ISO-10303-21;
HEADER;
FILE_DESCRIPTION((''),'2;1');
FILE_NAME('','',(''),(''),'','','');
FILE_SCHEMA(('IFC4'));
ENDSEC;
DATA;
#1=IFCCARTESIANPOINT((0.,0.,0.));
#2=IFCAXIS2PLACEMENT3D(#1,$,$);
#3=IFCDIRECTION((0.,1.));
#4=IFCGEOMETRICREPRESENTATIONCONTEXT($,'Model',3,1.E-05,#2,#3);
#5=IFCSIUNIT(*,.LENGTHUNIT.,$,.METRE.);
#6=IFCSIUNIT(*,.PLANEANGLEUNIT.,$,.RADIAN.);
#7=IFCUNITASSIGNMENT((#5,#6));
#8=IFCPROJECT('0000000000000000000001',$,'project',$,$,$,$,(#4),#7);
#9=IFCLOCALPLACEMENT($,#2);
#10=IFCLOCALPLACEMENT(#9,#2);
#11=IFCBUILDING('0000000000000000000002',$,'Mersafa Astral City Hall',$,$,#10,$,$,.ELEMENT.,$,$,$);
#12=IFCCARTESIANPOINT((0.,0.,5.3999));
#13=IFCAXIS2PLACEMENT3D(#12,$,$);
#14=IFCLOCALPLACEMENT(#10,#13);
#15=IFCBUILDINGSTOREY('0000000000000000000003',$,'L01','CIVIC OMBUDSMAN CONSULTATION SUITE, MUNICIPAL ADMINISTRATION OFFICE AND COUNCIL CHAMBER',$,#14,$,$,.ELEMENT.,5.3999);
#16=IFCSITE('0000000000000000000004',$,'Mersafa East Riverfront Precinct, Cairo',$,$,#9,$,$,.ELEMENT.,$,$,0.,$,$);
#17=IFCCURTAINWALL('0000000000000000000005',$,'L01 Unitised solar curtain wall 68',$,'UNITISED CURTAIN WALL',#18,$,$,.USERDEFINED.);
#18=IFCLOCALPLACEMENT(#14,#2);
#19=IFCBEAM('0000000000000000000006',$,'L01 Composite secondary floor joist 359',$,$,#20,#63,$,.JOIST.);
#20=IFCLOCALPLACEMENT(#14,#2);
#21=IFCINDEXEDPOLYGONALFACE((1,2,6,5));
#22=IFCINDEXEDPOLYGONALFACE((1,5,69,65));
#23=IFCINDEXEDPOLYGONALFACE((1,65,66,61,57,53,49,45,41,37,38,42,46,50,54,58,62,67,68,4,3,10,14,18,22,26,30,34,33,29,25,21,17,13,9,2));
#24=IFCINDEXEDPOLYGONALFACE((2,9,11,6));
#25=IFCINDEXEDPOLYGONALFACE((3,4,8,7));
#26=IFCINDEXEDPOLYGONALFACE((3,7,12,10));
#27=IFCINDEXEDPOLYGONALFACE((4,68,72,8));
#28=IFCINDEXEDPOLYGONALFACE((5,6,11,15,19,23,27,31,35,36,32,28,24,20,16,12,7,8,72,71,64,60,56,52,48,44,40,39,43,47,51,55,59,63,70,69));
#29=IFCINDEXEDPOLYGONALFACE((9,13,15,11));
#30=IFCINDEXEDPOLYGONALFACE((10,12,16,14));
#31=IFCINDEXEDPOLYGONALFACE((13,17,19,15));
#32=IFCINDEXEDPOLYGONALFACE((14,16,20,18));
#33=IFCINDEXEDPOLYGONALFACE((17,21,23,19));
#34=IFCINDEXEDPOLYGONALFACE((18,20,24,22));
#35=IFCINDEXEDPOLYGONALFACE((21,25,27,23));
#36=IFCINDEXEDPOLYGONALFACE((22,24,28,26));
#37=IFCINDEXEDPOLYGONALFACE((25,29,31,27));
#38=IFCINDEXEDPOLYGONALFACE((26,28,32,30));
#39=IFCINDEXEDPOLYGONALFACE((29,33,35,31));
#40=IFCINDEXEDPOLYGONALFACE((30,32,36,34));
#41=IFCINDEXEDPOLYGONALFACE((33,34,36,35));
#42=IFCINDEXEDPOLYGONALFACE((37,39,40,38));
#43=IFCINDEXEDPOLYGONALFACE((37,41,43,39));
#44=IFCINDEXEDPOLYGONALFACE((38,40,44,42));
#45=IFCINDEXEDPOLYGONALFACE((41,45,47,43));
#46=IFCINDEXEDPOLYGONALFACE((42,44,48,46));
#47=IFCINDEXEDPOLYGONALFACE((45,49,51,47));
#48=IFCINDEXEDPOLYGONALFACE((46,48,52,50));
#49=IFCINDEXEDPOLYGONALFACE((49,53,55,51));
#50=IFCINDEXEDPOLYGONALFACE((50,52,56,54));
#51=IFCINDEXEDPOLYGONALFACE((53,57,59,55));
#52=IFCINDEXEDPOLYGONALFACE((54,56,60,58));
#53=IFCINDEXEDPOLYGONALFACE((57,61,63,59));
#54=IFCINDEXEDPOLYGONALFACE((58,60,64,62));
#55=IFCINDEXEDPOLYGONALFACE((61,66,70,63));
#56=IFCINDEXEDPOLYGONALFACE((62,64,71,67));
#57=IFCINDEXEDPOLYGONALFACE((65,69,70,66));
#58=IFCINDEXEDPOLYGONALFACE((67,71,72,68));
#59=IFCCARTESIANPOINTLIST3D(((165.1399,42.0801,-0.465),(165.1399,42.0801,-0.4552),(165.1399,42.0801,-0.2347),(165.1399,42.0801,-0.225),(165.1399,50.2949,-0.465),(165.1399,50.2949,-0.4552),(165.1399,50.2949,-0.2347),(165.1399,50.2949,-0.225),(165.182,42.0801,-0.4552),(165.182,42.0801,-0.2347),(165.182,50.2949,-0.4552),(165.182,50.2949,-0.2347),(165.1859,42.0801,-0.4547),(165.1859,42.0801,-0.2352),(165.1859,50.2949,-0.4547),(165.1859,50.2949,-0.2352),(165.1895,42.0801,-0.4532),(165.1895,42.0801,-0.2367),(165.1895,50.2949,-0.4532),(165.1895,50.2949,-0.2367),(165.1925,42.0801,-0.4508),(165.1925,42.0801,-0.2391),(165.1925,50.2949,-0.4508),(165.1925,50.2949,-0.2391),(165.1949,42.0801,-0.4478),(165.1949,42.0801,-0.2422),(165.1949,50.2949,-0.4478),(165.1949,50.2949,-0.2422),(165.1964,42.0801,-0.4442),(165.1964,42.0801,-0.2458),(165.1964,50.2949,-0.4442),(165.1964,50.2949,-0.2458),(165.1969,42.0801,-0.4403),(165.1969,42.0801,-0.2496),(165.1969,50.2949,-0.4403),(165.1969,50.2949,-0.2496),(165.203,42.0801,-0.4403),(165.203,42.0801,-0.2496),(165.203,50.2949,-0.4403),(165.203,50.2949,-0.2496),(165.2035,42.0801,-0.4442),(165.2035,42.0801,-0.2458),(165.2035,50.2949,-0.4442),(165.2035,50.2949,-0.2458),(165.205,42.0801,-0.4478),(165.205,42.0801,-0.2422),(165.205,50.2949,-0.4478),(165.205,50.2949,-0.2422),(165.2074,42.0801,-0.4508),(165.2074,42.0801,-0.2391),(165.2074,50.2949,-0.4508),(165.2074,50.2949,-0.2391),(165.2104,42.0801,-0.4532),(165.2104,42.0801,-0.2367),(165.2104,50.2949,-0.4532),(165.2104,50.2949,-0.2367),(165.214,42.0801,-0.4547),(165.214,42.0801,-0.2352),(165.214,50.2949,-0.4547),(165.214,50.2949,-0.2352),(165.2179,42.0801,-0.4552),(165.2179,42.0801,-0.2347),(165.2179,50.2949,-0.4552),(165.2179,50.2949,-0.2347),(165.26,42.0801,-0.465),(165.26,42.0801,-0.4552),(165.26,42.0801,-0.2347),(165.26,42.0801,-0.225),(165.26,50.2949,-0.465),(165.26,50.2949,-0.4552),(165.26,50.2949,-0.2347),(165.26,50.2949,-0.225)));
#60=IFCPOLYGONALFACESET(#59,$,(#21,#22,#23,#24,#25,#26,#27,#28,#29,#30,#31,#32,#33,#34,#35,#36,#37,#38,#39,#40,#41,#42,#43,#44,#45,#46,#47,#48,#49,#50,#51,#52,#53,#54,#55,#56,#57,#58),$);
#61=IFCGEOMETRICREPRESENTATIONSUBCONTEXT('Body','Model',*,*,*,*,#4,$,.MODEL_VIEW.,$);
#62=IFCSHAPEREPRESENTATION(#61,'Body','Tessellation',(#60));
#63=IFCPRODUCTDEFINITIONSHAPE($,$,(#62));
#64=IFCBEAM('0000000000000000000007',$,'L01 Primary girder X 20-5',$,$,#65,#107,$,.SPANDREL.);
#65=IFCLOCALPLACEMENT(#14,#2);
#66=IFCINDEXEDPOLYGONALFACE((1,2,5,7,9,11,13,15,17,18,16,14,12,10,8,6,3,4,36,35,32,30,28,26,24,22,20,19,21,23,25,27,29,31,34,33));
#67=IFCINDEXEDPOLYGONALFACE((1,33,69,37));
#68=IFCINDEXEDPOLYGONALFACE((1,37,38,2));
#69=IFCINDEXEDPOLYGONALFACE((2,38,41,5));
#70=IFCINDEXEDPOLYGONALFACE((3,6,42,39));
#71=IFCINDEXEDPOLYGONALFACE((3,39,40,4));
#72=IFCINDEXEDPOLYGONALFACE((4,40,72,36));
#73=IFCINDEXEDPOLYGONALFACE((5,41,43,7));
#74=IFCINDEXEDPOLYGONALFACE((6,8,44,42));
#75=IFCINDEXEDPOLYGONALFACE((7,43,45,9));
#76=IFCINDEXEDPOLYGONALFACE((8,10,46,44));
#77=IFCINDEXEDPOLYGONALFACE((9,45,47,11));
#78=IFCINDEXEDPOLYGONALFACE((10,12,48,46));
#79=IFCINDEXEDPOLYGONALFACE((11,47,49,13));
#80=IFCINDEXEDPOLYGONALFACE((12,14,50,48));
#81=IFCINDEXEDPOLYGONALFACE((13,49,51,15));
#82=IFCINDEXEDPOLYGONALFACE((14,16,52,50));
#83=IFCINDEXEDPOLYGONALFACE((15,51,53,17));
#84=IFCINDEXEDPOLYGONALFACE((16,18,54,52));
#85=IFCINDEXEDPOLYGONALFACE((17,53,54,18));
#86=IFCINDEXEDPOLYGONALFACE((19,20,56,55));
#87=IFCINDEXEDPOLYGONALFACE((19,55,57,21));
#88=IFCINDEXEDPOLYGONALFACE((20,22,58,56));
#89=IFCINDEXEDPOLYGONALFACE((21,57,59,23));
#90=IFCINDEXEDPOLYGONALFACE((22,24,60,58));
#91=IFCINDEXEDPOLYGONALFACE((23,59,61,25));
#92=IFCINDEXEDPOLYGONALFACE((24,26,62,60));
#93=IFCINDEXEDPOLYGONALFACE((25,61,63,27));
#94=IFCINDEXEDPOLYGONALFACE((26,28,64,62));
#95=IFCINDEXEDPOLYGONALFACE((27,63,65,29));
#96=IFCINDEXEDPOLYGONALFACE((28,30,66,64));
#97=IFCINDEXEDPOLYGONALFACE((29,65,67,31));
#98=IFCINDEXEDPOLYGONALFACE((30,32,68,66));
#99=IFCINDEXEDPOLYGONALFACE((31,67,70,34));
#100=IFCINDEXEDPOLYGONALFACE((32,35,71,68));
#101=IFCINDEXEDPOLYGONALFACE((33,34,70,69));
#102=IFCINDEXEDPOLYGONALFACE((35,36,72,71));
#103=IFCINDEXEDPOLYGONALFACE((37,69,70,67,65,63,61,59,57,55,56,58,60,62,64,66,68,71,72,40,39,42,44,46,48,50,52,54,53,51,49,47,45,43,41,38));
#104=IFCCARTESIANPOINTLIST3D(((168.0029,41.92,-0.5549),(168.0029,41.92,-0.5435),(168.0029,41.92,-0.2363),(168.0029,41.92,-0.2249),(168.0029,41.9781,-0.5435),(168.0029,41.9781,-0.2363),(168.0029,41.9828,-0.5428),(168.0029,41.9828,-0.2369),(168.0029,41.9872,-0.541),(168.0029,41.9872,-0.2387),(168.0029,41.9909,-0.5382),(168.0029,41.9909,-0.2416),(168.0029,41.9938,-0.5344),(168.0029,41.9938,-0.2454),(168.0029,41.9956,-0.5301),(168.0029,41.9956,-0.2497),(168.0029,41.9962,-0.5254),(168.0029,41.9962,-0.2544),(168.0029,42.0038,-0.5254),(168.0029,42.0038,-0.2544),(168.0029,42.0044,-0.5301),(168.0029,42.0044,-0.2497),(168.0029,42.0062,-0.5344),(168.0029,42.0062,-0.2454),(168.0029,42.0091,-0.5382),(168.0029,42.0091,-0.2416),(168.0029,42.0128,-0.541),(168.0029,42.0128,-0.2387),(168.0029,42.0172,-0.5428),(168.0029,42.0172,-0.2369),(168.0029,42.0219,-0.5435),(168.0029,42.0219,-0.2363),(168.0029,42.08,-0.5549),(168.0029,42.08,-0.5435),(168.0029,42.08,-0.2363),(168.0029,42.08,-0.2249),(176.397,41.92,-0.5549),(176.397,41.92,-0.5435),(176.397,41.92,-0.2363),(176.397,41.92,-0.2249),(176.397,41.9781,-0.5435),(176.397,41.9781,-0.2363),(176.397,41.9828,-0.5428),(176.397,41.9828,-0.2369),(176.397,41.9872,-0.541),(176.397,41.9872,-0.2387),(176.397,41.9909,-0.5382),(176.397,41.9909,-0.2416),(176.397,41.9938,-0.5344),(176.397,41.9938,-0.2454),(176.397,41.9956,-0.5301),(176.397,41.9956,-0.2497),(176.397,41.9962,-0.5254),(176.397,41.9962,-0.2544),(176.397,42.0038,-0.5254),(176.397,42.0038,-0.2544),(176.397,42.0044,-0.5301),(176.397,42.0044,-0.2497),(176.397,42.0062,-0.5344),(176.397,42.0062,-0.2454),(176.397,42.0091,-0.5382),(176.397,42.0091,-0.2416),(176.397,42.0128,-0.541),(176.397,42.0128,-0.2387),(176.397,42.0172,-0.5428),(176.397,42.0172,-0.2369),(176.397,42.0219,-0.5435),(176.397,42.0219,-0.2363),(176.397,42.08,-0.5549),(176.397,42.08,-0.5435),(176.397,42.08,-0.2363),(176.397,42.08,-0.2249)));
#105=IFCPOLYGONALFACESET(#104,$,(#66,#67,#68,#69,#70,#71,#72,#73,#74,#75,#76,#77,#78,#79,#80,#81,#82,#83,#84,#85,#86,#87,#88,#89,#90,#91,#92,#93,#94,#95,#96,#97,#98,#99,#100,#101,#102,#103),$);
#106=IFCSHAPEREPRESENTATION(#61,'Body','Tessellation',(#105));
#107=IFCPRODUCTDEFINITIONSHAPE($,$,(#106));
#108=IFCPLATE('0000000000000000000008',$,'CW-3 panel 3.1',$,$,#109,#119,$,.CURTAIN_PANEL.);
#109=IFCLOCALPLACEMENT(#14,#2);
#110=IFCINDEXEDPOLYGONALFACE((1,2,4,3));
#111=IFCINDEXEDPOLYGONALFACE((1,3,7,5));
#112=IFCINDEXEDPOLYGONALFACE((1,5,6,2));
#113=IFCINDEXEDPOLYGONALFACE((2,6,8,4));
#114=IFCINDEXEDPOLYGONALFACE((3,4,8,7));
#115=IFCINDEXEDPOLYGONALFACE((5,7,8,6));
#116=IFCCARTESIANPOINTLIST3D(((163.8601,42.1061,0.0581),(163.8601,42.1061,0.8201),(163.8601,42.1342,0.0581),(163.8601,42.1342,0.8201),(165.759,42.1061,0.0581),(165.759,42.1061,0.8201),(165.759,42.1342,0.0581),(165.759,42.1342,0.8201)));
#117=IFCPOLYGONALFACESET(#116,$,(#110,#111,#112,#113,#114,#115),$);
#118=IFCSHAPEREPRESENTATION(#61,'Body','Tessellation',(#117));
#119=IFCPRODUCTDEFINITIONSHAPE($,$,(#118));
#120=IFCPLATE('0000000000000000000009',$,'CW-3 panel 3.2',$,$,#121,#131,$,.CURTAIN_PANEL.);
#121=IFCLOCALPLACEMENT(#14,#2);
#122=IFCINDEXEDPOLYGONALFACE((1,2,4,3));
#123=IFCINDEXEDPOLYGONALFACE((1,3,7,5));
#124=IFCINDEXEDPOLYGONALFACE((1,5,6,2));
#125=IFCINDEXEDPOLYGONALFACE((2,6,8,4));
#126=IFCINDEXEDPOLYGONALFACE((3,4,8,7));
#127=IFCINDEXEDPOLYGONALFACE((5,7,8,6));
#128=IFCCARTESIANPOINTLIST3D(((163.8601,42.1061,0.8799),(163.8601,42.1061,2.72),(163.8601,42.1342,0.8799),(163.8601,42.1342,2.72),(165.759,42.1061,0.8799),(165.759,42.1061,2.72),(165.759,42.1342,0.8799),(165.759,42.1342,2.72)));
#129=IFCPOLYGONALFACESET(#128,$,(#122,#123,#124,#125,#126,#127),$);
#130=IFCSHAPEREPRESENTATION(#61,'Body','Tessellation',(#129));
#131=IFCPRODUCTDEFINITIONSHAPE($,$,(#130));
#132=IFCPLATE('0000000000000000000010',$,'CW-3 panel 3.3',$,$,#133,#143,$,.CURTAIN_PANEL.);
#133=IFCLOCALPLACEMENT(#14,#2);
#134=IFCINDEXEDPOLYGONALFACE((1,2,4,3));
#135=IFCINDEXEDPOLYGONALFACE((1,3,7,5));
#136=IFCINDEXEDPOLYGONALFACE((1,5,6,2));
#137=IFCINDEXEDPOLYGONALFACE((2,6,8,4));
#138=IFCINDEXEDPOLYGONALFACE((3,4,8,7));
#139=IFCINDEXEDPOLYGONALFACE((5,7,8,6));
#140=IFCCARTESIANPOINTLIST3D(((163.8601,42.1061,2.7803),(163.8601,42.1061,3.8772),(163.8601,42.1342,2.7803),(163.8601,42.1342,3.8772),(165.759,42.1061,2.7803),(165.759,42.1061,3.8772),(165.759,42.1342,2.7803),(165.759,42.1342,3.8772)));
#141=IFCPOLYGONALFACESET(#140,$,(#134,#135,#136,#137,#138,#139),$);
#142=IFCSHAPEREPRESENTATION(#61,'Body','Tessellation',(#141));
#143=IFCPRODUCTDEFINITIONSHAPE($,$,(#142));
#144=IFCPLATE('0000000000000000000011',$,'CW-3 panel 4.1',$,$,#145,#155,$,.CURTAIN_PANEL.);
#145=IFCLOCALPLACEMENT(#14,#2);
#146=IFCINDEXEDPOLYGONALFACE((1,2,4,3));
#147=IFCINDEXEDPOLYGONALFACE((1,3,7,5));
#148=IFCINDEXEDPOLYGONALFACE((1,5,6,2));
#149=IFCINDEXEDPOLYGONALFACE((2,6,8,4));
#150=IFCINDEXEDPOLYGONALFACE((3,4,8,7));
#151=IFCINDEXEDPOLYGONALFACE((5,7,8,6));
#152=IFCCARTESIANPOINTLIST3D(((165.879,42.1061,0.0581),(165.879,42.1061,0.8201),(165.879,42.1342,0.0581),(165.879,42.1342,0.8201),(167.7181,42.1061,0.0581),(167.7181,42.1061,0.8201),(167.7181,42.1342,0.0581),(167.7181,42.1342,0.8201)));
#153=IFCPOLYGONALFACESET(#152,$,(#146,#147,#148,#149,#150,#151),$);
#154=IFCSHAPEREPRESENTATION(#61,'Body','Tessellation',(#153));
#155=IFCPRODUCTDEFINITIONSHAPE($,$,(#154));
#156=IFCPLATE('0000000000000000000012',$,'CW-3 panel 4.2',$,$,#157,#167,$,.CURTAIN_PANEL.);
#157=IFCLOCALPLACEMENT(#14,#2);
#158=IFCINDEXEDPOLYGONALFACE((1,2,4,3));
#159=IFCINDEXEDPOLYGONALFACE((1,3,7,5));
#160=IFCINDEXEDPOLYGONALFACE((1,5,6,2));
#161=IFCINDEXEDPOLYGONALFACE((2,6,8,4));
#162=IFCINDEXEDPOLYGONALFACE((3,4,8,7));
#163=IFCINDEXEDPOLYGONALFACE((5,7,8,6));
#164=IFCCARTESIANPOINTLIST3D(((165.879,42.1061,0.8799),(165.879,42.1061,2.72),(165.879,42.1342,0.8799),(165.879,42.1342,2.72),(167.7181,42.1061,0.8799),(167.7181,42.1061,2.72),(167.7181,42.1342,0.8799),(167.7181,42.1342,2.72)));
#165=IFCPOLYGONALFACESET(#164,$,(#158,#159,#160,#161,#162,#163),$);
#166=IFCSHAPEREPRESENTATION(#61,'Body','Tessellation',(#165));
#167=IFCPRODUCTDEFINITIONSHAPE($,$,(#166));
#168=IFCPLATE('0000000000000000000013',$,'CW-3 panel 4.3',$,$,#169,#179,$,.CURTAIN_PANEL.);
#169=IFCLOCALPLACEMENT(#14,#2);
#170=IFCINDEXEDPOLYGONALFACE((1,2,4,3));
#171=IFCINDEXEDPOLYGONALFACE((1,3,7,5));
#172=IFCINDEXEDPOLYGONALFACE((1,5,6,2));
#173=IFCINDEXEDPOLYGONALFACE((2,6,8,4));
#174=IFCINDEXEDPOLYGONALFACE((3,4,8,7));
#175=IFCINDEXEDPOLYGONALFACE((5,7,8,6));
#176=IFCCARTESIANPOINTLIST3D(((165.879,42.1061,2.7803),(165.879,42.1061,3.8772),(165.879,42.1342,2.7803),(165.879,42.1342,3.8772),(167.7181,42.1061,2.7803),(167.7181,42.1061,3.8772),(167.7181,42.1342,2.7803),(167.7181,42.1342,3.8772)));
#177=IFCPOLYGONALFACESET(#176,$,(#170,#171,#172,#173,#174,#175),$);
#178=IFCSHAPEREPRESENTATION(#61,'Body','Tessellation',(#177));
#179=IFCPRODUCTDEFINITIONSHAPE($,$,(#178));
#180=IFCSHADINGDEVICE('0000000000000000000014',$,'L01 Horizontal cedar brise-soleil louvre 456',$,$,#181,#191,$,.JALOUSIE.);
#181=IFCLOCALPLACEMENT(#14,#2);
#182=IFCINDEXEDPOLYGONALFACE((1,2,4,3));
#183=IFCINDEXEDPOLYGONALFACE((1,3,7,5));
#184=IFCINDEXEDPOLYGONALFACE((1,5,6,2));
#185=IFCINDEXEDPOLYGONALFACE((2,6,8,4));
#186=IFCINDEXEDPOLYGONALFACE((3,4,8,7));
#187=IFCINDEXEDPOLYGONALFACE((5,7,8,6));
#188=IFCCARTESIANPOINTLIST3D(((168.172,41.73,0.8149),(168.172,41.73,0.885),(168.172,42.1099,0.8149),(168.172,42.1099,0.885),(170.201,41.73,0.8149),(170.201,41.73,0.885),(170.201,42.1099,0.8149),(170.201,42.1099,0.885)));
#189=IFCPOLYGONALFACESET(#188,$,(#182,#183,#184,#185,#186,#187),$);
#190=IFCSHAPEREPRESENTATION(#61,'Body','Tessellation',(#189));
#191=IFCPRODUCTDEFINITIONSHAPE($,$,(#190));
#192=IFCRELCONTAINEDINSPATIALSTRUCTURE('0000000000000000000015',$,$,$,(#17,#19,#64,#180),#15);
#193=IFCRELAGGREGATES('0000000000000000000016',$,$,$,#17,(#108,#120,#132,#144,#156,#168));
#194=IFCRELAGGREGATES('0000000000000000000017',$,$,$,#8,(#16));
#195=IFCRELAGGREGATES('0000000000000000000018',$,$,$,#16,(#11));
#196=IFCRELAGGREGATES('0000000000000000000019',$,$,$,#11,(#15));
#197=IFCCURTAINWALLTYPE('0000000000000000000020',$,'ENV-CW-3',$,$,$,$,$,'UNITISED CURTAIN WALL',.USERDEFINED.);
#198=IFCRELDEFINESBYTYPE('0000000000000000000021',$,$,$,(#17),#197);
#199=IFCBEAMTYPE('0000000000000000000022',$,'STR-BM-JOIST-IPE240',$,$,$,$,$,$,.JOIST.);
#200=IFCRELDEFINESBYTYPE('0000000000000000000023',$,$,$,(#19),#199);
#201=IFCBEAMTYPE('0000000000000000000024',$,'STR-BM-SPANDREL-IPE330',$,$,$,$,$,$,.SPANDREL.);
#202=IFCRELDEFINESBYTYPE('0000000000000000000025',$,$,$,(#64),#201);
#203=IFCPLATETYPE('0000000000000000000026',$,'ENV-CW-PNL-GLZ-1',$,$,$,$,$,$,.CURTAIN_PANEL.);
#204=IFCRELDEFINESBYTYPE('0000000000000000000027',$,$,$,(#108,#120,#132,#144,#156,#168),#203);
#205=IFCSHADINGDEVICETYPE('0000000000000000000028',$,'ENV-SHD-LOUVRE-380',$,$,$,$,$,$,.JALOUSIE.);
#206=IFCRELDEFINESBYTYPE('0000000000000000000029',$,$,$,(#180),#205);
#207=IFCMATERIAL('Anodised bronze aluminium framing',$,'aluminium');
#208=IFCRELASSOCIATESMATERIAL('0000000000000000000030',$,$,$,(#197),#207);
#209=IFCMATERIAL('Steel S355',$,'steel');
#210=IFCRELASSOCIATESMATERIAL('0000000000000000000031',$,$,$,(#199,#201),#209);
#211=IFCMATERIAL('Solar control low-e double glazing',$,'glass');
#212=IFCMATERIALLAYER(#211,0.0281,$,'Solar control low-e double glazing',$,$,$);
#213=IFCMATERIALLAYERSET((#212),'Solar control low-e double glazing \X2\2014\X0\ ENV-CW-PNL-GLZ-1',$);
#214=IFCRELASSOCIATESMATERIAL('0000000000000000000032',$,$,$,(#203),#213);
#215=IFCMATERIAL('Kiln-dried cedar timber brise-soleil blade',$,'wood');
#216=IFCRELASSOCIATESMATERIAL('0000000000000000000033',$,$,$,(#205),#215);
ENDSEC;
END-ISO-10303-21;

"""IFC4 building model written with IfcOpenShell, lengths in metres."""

from ifc_helpers import new_model, si_unit, direction, frame, origin, origin_2d, place, context, subcontext, project, spatial, rectangle, i_section, extrude, material, layer, layer_set, material_profile, profile_set, type_object, element, aggregate, save


model = new_model("IFC4")

# Units and contexts
model_context = context("Model", 3, precision=1e-05, world=origin(), true_north=direction((0.0, 1.0)))
body_context = subcontext(model_context, "Body", "Model", "MODEL_VIEW")
ifc_project = project(units=[si_unit("LENGTHUNIT", "METRE"), si_unit("PLANEANGLEUNIT", "RADIAN")], contexts=[model_context])

# Site, building, storey
site_placement = place(None, origin())
site = spatial("IfcSite", under=ifc_project, at=site_placement, Name="Mersafa East Riverfront Precinct, Cairo", CompositionType="ELEMENT", RefElevation=0.0)
building_placement = place(site_placement, origin())
building = spatial("IfcBuilding", under=site, at=building_placement, Name="Mersafa Astral City Hall", CompositionType="ELEMENT")
storey_placement = place(building_placement, frame((0.0, 0.0, 5.3999)))
storey = spatial("IfcBuildingStorey", under=building, at=storey_placement, Name="L01", Description="CIVIC OMBUDSMAN CONSULTATION SUITE, MUNICIPAL ADMINISTRATION OFFICE AND COUNCIL CHAMBER", CompositionType="ELEMENT", Elevation=5.3999)

# Shared definitions
ifc_material_1 = material(Name="Steel S355", Category="steel")

# Curtain wall
ifc_material_2 = material(Name="Anodised bronze aluminium framing", Category="aluminium")
curtain_wall_type_1 = type_object("IfcCurtainWallType", Name="ENV-CW-3", ElementType="UNITISED CURTAIN WALL", PredefinedType="USERDEFINED", material=ifc_material_2)
curtain_wall_1_placement = place(storey_placement, origin())
curtain_wall_1 = element("IfcCurtainWall", 1, at=curtain_wall_1_placement, inside=storey, type_object=curtain_wall_type_1, Name="L01 Unitised solar curtain wall 68", ObjectType="UNITISED CURTAIN WALL", PredefinedType="USERDEFINED")

# Beams
ifc_material_profile_1 = material_profile(ifc_material_1, i_section(OverallWidth=0.1201, OverallDepth=0.24, WebThickness=0.0061, FlangeThickness=0.0098, FilletRadius=0.0149, at=origin_2d()), Name="IPE 240")
ifc_profile_set_1 = profile_set([ifc_material_profile_1], Name="Steel S355")
beam_type_1 = type_object("IfcBeamType", Name="STR-BM-JOIST-IPE240", PredefinedType="JOIST", material=ifc_profile_set_1)
beam_1_placement = place(storey_placement, frame((165.2, 42.0801, -0.345), z_axis=(0.0, 1.0, 0.0), x_axis=(-1.0, 0.0, 0.0)))
element("IfcBeam", 2, at=beam_1_placement, inside=storey, type_object=beam_type_1, Name="L01 Composite secondary floor joist 359", PredefinedType="JOIST", context=body_context, shape_type="SweptSolid", body=[
    extrude(i_section(OverallWidth=0.1201, OverallDepth=0.24, WebThickness=0.0061, FlangeThickness=0.0098, FilletRadius=0.0149, at=origin_2d()), origin(), (0.0, 0.0, 1.0), 8.2148),
])
ifc_material_profile_2 = material_profile(ifc_material_1, i_section(OverallWidth=0.1599, OverallDepth=0.3301, WebThickness=0.0076, FlangeThickness=0.0115, FilletRadius=0.0181, at=origin_2d()), Name="IPE 330")
ifc_profile_set_2 = profile_set([ifc_material_profile_2], Name="Steel S355")
beam_type_2 = type_object("IfcBeamType", Name="STR-BM-SPANDREL-IPE330", PredefinedType="SPANDREL", material=ifc_profile_set_2)
beam_2_placement = place(storey_placement, frame((168.0029, 42.0, -0.3899), z_axis=(1.0, 0.0, 0.0), x_axis=(0.0, 1.0, 0.0)))
element("IfcBeam", 3, at=beam_2_placement, inside=storey, type_object=beam_type_2, Name="L01 Primary girder X 20-5", PredefinedType="SPANDREL", context=body_context, shape_type="SweptSolid", body=[
    extrude(i_section(OverallWidth=0.1599, OverallDepth=0.3301, WebThickness=0.0076, FlangeThickness=0.0115, FilletRadius=0.0181, at=origin_2d()), origin(), (0.0, 0.0, 1.0), 8.394),
])

# Plates
ifc_material_3 = material(Name="Solar control low-e double glazing", Category="glass")
ifc_layer = layer(ifc_material_3, 0.0281, Name="Solar control low-e double glazing")
ifc_layer_set = layer_set([ifc_layer], Name="Solar control low-e double glazing — ENV-CW-PNL-GLZ-1")
plate_type = type_object("IfcPlateType", Name="ENV-CW-PNL-GLZ-1", PredefinedType="CURTAIN_PANEL", material=ifc_layer_set)
plate_1_placement = place(storey_placement, frame((164.8096, 42.1201, 0.0581), z_axis=(0.0, 0.0, 1.0), x_axis=(1.0, 0.0, 0.0)))
plate_1 = element("IfcPlate", 4, at=plate_1_placement, type_object=plate_type, Name="CW-3 panel 3.1", PredefinedType="CURTAIN_PANEL", context=body_context, shape_type="SweptSolid", body=[
    extrude(rectangle(XDim=1.8989, YDim=0.0281, at=origin_2d()), origin(), (0.0, 0.0, 1.0), 0.762),
])
plate_2_placement = place(storey_placement, frame((164.8096, 42.1201, 0.8799), z_axis=(0.0, 0.0, 1.0), x_axis=(1.0, 0.0, 0.0)))
plate_2 = element("IfcPlate", 5, at=plate_2_placement, type_object=plate_type, Name="CW-3 panel 3.2", PredefinedType="CURTAIN_PANEL", context=body_context, shape_type="SweptSolid", body=[
    extrude(rectangle(XDim=1.8989, YDim=0.0281, at=origin_2d()), origin(), (0.0, 0.0, 1.0), 1.8401),
])
plate_3_placement = place(storey_placement, frame((164.8096, 42.1201, 2.7803), z_axis=(0.0, 0.0, 1.0), x_axis=(1.0, 0.0, 0.0)))
plate_3 = element("IfcPlate", 6, at=plate_3_placement, type_object=plate_type, Name="CW-3 panel 3.3", PredefinedType="CURTAIN_PANEL", context=body_context, shape_type="SweptSolid", body=[
    extrude(rectangle(XDim=1.8989, YDim=0.0281, at=origin_2d()), origin(), (0.0, 0.0, 1.0), 1.0969),
])
plate_4_placement = place(storey_placement, frame((166.7986, 42.1201, 0.0581), z_axis=(0.0, 0.0, 1.0), x_axis=(1.0, 0.0, 0.0)))
plate_4 = element("IfcPlate", 7, at=plate_4_placement, type_object=plate_type, Name="CW-3 panel 4.1", PredefinedType="CURTAIN_PANEL", context=body_context, shape_type="SweptSolid", body=[
    extrude(rectangle(XDim=1.8391, YDim=0.0281, at=origin_2d()), origin(), (0.0, 0.0, 1.0), 0.762),
])
plate_5_placement = place(storey_placement, frame((166.7986, 42.1201, 0.8799), z_axis=(0.0, 0.0, 1.0), x_axis=(1.0, 0.0, 0.0)))
plate_5 = element("IfcPlate", 8, at=plate_5_placement, type_object=plate_type, Name="CW-3 panel 4.2", PredefinedType="CURTAIN_PANEL", context=body_context, shape_type="SweptSolid", body=[
    extrude(rectangle(XDim=1.8391, YDim=0.0281, at=origin_2d()), origin(), (0.0, 0.0, 1.0), 1.8401),
])
plate_6_placement = place(storey_placement, frame((166.7986, 42.1201, 2.7803), z_axis=(0.0, 0.0, 1.0), x_axis=(1.0, 0.0, 0.0)))
plate_6 = element("IfcPlate", 9, at=plate_6_placement, type_object=plate_type, Name="CW-3 panel 4.3", PredefinedType="CURTAIN_PANEL", context=body_context, shape_type="SweptSolid", body=[
    extrude(rectangle(XDim=1.8391, YDim=0.0281, at=origin_2d()), origin(), (0.0, 0.0, 1.0), 1.0969),
])
aggregate(curtain_wall_1, [plate_1, plate_2, plate_3, plate_4, plate_5, plate_6])

# Shading device
ifc_material_4 = material(Name="Kiln-dried cedar timber brise-soleil blade", Category="wood")
shading_device_type_1 = type_object("IfcShadingDeviceType", Name="ENV-SHD-LOUVRE-380", PredefinedType="JALOUSIE", material=ifc_material_4)
shading_device_1_placement = place(storey_placement, frame((169.1865, 41.9199, 0.8149), z_axis=(0.0, 0.0, 1.0), x_axis=(1.0, 0.0, 0.0)))
element("IfcShadingDevice", 10, at=shading_device_1_placement, inside=storey, type_object=shading_device_type_1, Name="L01 Horizontal cedar brise-soleil louvre 456", PredefinedType="JALOUSIE", context=body_context, shape_type="SweptSolid", body=[
    extrude(rectangle(XDim=2.0291, YDim=0.3799, at=origin_2d()), origin(), (0.0, 0.0, 1.0), 0.0701),
])

save(model, "model.ifc")
